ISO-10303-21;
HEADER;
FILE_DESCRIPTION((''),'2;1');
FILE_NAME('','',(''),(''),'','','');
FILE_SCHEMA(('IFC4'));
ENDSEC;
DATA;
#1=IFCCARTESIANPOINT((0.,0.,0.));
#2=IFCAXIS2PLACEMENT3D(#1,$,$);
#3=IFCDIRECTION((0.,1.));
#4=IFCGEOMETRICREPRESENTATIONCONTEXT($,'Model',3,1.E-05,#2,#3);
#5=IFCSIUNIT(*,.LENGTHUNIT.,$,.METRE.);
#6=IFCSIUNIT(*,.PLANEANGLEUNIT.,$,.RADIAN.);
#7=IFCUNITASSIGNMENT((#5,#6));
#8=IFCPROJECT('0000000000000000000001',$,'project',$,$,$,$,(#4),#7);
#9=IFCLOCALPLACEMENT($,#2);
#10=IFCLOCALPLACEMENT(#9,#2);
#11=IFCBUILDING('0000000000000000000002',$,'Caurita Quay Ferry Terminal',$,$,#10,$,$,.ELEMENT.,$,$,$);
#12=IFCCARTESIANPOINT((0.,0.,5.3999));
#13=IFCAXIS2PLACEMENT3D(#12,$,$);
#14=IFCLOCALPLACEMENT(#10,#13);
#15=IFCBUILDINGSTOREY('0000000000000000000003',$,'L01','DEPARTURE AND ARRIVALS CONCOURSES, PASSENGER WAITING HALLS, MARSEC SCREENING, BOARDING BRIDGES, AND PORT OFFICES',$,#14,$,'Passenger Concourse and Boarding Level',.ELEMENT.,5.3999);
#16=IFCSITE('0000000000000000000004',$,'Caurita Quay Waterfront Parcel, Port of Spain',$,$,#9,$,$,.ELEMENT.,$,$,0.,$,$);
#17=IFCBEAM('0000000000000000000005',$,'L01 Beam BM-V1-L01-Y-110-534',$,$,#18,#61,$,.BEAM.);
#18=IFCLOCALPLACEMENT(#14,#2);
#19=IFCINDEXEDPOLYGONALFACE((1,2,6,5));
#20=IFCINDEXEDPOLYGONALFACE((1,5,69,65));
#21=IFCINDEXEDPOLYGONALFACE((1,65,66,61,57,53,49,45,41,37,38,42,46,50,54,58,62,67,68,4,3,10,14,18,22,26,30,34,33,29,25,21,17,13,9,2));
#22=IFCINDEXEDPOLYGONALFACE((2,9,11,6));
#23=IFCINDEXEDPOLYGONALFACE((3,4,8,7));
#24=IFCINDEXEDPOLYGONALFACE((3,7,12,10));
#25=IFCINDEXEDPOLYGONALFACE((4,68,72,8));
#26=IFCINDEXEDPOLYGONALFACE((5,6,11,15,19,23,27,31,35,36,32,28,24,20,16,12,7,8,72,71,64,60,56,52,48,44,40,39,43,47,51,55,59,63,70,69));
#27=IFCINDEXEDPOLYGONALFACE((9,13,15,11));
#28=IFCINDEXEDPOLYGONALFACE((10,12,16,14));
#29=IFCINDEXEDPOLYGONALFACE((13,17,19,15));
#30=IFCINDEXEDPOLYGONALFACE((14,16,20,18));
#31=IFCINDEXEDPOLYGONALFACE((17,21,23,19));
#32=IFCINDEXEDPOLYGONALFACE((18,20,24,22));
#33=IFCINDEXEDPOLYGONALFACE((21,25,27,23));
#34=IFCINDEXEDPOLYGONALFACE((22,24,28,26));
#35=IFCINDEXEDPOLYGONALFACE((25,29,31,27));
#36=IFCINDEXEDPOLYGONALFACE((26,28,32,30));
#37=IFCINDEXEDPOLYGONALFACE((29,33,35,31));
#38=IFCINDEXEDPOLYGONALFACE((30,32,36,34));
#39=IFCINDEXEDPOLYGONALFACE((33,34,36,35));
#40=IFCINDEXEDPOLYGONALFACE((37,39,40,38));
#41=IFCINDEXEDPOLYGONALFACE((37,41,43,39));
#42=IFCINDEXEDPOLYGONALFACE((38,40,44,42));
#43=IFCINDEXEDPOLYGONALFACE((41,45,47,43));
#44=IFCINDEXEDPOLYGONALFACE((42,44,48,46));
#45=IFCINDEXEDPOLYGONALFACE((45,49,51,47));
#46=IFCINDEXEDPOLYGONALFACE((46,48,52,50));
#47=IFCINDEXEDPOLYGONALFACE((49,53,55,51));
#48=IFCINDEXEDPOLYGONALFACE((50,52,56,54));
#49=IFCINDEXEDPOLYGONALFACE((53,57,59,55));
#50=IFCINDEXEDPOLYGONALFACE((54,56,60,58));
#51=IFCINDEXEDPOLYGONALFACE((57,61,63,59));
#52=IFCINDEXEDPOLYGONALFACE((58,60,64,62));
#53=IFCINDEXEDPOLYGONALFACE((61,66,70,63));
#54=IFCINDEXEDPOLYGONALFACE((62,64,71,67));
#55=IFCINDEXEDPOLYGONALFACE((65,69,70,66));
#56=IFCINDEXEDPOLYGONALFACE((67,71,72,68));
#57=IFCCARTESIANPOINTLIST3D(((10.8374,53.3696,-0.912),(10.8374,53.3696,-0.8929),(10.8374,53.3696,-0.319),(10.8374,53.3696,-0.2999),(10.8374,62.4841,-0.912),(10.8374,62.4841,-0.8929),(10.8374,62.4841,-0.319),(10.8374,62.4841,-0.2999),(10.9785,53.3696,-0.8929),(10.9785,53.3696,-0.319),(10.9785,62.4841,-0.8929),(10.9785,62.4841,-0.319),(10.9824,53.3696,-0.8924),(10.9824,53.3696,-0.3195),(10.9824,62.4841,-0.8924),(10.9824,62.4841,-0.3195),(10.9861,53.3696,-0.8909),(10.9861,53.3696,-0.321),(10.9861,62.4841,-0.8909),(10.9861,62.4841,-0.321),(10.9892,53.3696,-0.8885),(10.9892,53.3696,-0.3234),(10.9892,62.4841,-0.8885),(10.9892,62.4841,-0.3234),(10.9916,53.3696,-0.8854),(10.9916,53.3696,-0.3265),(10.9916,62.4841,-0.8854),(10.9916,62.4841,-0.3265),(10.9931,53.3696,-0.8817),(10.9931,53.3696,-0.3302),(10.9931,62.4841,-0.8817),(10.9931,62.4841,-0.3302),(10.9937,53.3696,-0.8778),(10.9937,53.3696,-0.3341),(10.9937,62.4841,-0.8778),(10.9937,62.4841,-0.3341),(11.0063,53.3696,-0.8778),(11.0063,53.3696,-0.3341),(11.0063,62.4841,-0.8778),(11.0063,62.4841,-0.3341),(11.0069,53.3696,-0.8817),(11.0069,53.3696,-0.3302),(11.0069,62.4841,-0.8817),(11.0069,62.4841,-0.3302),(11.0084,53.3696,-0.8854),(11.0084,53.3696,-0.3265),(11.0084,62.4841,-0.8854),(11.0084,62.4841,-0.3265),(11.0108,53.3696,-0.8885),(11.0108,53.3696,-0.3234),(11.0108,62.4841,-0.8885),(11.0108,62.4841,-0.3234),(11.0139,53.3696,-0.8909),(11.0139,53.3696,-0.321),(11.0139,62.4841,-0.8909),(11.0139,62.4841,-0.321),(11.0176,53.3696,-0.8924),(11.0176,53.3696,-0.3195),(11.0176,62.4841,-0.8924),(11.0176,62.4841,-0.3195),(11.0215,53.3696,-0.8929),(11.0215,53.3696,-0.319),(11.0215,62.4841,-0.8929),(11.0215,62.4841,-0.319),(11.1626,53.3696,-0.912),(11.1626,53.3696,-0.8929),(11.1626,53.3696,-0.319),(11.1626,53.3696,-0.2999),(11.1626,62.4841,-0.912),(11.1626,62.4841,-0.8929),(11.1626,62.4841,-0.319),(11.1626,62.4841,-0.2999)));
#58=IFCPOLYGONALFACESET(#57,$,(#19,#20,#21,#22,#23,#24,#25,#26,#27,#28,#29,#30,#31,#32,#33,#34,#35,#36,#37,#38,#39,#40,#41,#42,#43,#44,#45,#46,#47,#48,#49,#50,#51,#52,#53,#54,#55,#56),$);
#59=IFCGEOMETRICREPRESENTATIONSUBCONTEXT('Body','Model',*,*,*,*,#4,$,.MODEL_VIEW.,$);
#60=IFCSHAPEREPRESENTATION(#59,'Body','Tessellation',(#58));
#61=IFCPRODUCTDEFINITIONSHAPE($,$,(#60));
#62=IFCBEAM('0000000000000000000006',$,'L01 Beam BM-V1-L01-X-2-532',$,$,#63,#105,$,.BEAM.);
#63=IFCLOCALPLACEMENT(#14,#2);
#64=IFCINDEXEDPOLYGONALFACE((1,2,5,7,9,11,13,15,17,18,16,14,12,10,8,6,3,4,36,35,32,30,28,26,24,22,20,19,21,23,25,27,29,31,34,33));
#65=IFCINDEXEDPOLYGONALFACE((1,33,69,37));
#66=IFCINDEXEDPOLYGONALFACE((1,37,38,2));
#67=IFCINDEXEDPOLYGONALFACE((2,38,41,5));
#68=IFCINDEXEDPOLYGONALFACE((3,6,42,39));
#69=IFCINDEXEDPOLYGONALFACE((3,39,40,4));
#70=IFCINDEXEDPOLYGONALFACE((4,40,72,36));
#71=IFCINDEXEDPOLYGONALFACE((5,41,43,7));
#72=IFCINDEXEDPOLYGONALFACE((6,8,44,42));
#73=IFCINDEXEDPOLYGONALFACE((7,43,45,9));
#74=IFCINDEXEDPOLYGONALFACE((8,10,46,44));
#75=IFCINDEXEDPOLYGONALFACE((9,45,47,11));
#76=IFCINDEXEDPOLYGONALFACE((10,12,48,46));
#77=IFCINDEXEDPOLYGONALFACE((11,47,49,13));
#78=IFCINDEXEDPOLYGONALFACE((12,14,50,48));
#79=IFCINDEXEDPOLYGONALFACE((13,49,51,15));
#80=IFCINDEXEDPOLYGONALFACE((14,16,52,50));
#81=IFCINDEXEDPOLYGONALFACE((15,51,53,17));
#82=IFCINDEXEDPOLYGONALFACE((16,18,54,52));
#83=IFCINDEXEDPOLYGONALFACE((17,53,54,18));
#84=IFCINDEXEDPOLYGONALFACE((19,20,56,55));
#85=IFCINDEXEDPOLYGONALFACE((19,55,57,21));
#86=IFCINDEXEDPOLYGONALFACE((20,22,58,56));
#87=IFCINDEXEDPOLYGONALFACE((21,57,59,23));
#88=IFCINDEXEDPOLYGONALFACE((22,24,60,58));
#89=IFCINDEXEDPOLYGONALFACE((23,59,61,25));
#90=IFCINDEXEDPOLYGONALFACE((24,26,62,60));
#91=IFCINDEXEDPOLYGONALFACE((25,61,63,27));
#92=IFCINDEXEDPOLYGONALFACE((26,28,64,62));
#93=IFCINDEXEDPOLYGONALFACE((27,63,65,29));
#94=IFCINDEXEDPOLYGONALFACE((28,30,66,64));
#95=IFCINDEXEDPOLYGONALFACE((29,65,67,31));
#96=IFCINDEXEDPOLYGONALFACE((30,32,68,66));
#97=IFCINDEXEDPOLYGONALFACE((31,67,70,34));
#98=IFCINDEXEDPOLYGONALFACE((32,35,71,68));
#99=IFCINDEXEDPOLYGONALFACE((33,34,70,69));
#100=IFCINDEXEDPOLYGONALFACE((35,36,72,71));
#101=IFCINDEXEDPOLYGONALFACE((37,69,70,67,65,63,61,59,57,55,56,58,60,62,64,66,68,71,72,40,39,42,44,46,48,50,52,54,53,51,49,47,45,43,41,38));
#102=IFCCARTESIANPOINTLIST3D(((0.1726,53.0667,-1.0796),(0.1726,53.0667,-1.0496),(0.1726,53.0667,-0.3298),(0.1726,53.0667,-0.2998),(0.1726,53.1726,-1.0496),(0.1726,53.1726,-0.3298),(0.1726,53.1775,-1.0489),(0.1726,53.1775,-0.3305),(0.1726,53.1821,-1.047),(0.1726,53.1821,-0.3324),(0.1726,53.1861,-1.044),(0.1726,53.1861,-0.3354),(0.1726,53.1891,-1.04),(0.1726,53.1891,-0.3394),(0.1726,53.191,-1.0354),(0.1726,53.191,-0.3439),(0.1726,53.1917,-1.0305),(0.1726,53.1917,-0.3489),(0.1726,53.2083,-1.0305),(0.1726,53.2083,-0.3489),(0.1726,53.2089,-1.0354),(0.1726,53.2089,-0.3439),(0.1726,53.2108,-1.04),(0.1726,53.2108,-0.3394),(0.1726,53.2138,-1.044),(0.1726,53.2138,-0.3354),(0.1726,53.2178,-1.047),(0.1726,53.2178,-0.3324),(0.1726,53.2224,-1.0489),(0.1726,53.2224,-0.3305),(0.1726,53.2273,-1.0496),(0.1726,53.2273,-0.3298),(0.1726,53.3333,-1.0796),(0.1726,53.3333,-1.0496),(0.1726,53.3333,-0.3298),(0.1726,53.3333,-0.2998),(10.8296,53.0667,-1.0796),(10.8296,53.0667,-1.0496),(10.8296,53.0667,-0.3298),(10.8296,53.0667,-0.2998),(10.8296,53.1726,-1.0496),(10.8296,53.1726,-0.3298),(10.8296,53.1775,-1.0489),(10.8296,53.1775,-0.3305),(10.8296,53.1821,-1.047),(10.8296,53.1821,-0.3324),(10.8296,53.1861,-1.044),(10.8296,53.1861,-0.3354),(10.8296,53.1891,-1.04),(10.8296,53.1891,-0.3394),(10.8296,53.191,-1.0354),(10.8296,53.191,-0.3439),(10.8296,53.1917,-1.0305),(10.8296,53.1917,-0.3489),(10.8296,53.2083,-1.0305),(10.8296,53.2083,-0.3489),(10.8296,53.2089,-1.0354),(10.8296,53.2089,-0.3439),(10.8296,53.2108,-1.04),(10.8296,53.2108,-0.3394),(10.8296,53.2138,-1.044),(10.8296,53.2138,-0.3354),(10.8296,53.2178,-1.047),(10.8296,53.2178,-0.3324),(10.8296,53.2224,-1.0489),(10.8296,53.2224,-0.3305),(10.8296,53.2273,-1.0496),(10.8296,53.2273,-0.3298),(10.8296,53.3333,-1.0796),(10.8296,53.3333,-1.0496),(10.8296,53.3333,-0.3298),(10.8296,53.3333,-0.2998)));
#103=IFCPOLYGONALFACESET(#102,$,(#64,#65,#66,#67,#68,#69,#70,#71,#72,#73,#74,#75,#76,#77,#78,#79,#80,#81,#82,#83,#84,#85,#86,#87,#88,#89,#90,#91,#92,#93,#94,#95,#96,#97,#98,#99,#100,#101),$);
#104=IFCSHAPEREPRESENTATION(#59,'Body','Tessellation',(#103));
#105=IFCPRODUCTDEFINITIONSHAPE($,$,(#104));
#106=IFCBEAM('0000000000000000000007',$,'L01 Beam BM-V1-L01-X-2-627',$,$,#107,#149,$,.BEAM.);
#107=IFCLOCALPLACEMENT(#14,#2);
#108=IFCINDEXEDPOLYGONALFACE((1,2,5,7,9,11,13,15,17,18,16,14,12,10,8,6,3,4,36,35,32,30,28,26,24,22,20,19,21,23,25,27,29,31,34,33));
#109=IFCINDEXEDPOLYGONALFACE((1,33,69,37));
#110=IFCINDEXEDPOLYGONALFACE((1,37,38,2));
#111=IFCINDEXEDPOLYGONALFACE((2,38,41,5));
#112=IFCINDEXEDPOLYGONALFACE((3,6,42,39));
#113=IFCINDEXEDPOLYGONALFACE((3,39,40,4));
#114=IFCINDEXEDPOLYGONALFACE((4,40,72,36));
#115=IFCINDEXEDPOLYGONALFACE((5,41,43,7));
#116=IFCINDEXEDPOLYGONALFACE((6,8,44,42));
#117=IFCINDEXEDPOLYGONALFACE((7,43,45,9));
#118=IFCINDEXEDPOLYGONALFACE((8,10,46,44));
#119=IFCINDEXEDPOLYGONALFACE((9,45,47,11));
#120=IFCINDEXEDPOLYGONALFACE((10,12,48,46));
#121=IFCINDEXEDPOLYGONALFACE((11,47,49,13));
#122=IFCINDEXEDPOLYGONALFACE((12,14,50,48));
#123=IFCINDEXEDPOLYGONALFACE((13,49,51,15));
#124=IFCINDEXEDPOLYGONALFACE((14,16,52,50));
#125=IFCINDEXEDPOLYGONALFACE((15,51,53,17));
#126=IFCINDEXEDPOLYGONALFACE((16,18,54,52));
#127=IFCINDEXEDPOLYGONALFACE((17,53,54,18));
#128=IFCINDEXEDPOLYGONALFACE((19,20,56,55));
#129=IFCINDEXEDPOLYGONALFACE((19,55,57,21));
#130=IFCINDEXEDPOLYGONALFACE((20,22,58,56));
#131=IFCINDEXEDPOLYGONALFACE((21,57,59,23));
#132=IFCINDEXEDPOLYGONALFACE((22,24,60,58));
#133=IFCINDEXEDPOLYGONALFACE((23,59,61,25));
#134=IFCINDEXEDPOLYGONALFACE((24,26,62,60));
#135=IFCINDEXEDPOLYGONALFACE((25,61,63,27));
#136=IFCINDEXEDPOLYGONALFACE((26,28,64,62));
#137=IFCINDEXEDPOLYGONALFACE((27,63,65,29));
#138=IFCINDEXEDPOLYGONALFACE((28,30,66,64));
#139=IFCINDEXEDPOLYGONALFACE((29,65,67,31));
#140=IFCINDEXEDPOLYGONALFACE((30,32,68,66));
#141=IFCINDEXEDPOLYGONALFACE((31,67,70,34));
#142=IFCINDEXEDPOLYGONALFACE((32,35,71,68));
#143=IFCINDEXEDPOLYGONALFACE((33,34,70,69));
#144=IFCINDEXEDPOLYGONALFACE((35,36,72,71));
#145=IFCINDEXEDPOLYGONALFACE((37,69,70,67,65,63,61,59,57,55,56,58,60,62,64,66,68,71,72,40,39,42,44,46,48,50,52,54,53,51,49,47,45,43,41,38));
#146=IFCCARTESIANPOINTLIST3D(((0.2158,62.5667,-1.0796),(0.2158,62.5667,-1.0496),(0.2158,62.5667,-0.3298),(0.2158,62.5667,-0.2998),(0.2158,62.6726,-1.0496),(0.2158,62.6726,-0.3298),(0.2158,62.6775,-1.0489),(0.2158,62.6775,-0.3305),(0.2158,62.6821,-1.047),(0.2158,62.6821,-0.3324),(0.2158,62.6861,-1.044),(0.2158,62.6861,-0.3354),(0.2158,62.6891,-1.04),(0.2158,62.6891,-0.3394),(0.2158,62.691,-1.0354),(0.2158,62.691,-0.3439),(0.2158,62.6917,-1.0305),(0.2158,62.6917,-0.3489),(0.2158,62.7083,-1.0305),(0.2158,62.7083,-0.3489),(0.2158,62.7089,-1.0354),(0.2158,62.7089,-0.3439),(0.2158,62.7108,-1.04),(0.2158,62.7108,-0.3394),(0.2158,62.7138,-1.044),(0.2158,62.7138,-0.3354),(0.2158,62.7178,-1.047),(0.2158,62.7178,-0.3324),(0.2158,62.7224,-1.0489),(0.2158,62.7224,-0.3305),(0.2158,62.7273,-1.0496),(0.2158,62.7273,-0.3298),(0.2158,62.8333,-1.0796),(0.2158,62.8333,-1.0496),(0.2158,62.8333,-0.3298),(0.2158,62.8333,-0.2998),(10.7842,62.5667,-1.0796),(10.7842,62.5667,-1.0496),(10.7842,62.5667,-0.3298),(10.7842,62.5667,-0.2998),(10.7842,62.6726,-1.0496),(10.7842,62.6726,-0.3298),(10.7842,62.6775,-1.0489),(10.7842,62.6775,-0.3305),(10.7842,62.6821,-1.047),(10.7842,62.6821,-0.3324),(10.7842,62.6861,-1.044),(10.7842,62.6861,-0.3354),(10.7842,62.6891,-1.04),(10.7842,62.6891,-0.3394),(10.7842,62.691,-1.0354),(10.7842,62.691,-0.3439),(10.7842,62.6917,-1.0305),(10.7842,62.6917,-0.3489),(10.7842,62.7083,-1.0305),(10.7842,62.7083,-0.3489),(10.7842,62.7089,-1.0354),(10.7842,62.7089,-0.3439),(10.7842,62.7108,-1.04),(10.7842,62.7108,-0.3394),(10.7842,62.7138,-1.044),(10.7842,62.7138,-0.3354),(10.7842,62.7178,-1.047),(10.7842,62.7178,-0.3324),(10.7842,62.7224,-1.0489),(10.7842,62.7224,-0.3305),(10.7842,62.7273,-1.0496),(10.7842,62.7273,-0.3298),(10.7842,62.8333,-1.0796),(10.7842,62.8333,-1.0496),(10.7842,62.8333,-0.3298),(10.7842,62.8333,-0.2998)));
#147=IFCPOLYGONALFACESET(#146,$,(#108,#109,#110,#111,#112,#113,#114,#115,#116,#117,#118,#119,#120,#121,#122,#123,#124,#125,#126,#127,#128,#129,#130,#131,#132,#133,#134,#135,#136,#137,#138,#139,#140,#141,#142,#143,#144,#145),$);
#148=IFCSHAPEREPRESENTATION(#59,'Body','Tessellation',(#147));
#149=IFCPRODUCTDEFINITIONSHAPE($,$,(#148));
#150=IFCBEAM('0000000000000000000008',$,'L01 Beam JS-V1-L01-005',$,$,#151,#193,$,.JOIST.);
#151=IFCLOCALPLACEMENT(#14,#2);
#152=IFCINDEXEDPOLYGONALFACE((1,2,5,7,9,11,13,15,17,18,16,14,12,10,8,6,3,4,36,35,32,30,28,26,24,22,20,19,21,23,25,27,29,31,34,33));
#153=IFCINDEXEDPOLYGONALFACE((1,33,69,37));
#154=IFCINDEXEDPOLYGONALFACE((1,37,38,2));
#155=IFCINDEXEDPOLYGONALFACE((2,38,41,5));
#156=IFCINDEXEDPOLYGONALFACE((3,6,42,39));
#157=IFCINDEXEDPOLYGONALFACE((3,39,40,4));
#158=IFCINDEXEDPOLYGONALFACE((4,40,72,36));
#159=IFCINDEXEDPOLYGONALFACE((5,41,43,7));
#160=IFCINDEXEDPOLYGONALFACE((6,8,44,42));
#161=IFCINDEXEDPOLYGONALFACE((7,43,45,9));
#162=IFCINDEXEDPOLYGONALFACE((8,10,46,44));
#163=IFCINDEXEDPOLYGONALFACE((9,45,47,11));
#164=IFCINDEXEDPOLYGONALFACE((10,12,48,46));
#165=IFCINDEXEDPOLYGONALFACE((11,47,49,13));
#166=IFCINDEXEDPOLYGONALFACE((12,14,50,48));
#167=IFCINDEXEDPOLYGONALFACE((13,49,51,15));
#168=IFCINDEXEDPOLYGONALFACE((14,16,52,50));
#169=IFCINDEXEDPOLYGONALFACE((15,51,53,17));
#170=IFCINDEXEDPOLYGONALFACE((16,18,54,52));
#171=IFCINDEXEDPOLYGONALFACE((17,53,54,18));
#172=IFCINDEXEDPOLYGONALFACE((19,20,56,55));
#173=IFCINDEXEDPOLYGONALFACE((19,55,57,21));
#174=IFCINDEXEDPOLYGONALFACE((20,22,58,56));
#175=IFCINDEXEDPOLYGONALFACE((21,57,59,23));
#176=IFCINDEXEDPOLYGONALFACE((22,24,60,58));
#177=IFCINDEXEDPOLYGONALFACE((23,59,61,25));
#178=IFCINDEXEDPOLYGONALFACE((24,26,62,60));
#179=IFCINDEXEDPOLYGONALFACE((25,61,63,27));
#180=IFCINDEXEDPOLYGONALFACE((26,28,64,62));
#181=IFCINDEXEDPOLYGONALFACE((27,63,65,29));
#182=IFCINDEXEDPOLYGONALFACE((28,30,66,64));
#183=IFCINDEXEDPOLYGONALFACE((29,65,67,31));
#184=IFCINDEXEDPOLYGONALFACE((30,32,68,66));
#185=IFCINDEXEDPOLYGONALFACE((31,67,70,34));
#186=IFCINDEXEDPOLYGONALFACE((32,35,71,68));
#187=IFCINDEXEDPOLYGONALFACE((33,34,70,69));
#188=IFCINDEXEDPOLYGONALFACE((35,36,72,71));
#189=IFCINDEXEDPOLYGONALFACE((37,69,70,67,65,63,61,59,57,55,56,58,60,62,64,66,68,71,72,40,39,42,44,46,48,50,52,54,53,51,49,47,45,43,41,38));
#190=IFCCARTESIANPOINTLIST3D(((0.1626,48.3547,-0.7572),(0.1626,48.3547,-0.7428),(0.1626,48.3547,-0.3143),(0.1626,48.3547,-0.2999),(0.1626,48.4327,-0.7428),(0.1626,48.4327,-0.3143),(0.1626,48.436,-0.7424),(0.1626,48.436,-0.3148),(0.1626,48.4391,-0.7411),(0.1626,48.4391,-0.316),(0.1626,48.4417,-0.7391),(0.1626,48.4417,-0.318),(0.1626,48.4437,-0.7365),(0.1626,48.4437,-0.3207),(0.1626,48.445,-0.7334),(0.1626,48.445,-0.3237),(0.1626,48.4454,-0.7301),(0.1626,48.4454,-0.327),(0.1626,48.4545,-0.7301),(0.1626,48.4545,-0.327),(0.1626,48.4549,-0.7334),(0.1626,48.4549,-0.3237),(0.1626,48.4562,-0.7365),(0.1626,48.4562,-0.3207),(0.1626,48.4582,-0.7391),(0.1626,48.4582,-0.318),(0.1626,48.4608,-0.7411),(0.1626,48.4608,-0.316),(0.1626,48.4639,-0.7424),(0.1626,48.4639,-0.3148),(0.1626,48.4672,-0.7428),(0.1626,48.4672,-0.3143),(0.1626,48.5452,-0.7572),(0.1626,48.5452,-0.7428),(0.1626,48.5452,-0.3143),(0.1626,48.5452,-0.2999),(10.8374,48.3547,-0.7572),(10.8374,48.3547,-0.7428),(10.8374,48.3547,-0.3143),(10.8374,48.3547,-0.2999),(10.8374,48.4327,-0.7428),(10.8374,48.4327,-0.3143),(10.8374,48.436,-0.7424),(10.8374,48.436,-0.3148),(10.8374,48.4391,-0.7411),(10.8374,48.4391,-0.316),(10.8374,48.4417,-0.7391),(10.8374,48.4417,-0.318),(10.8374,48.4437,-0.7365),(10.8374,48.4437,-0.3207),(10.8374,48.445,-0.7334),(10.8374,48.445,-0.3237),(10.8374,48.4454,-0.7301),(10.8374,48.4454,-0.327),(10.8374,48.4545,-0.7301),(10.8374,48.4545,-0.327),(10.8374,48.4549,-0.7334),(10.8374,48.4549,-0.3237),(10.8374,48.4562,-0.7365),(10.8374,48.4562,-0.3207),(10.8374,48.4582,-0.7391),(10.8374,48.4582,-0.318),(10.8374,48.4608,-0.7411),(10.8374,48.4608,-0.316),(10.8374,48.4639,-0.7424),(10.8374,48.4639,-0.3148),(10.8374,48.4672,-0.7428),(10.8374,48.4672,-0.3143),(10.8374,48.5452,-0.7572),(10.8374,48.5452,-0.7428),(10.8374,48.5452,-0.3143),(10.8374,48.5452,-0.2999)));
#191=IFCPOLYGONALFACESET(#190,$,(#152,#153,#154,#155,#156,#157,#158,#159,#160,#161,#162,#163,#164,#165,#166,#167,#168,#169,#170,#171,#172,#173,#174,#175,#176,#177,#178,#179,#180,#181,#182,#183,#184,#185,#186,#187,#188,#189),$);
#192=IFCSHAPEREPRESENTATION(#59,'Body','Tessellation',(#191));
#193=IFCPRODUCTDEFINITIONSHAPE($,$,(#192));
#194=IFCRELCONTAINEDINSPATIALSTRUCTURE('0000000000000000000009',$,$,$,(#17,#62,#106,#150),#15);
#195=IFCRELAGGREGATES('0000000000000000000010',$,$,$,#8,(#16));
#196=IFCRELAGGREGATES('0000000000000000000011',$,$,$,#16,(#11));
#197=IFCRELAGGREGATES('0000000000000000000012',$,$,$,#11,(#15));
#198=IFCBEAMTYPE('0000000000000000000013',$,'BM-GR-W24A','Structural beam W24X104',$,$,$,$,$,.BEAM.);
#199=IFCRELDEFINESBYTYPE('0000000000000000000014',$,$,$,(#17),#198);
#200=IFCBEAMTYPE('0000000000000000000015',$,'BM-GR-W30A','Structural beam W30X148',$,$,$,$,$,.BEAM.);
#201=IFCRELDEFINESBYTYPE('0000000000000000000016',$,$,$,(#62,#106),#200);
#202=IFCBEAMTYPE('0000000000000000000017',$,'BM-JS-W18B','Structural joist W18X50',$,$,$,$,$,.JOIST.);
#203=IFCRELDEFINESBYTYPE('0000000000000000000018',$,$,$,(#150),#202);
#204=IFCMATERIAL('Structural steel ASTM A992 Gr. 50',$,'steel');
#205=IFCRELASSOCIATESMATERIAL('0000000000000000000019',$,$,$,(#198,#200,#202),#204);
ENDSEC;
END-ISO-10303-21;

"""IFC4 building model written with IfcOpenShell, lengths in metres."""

from ifc_helpers import new_model, si_unit, direction, frame, origin, origin_2d, place, context, subcontext, project, spatial, i_section, extrude, material, material_profile, profile_set, type_object, element, save


model = new_model("IFC4")

# Units and contexts
model_context = context("Model", 3, precision=1e-05, world=origin(), true_north=direction((0.0, 1.0)))
body_context = subcontext(model_context, "Body", "Model", "MODEL_VIEW")
ifc_project = project(units=[si_unit("LENGTHUNIT", "METRE"), si_unit("PLANEANGLEUNIT", "RADIAN")], contexts=[model_context])

# Site, building, storey
site_placement = place(None, origin())
site = spatial("IfcSite", under=ifc_project, at=site_placement, Name="Caurita Quay Waterfront Parcel, Port of Spain", CompositionType="ELEMENT", RefElevation=0.0)
building_placement = place(site_placement, origin())
building = spatial("IfcBuilding", under=site, at=building_placement, Name="Caurita Quay Ferry Terminal", CompositionType="ELEMENT")
storey_placement = place(building_placement, frame((0.0, 0.0, 5.3999)))
storey = spatial("IfcBuildingStorey", under=building, at=storey_placement, Name="L01", Description="DEPARTURE AND ARRIVALS CONCOURSES, PASSENGER WAITING HALLS, MARSEC SCREENING, BOARDING BRIDGES, AND PORT OFFICES", LongName="Passenger Concourse and Boarding Level", CompositionType="ELEMENT", Elevation=5.3999)

# Beams
ifc_material_1 = material(Name="Structural steel ASTM A992 Gr. 50", Category="steel")
ifc_material_profile_1 = material_profile(ifc_material_1, i_section(OverallWidth=0.3252, OverallDepth=0.6121, WebThickness=0.0127, FlangeThickness=0.019, FilletRadius=0.0151, at=origin_2d()), Name="W24X104")
ifc_profile_set_1 = profile_set([ifc_material_profile_1], Name="Structural steel ASTM A992 Gr. 50")
beam_type_1 = type_object("IfcBeamType", Name="BM-GR-W24A", Description="Structural beam W24X104", PredefinedType="BEAM", material=ifc_profile_set_1)
beam_1_placement = place(storey_placement, frame((11.0, 53.3696, -0.606), z_axis=(0.0, 1.0, 0.0), x_axis=(-1.0, 0.0, 0.0)))
element("IfcBeam", 1, at=beam_1_placement, inside=storey, type_object=beam_type_1, Name="L01 Beam BM-V1-L01-Y-110-534", PredefinedType="BEAM", context=body_context, shape_type="SweptSolid", body=[
    extrude(i_section(OverallWidth=0.3252, OverallDepth=0.6121, WebThickness=0.0127, FlangeThickness=0.019, FilletRadius=0.0151, at=origin_2d()), origin(), (0.0, 0.0, 1.0), 9.1145),
])
ifc_material_profile_2 = material_profile(ifc_material_1, i_section(OverallWidth=0.2666, OverallDepth=0.7798, WebThickness=0.0166, FlangeThickness=0.03, FilletRadius=0.019, at=origin_2d()), Name="W30X148")
ifc_profile_set_2 = profile_set([ifc_material_profile_2], Name="Structural steel ASTM A992 Gr. 50")
beam_type_2 = type_object("IfcBeamType", Name="BM-GR-W30A", Description="Structural beam W30X148", PredefinedType="BEAM", material=ifc_profile_set_2)
beam_2_placement = place(storey_placement, frame((0.1726, 53.2, -0.6897), z_axis=(1.0, 0.0, 0.0), x_axis=(0.0, 1.0, 0.0)))
element("IfcBeam", 2, at=beam_2_placement, inside=storey, type_object=beam_type_2, Name="L01 Beam BM-V1-L01-X-2-532", PredefinedType="BEAM", context=body_context, shape_type="SweptSolid", body=[
    extrude(i_section(OverallWidth=0.2666, OverallDepth=0.7798, WebThickness=0.0166, FlangeThickness=0.03, FilletRadius=0.019, at=origin_2d()), origin(), (0.0, 0.0, 1.0), 10.657),
])
beam_3_placement = place(storey_placement, frame((0.2158, 62.7, -0.6897), z_axis=(1.0, 0.0, 0.0), x_axis=(0.0, 1.0, 0.0)))
element("IfcBeam", 3, at=beam_3_placement, inside=storey, type_object=beam_type_2, Name="L01 Beam BM-V1-L01-X-2-627", PredefinedType="BEAM", context=body_context, shape_type="SweptSolid", body=[
    extrude(i_section(OverallWidth=0.2666, OverallDepth=0.7798, WebThickness=0.0166, FlangeThickness=0.03, FilletRadius=0.019, at=origin_2d()), origin(), (0.0, 0.0, 1.0), 10.5684),
])
ifc_material_profile_3 = material_profile(ifc_material_1, i_section(OverallWidth=0.1904, OverallDepth=0.4573, WebThickness=0.009, FlangeThickness=0.0144, FilletRadius=0.0127, at=origin_2d()), Name="W18X50")
ifc_profile_set_3 = profile_set([ifc_material_profile_3], Name="Structural steel ASTM A992 Gr. 50")
beam_type_3 = type_object("IfcBeamType", Name="BM-JS-W18B", Description="Structural joist W18X50", PredefinedType="JOIST", material=ifc_profile_set_3)
for number, where, z_axis, x_axis, name in (
    (4, (0.1626, 48.45, -0.5286), (1.0, 0.0, 0.0), (0.0, 1.0, 0.0), "L01 Beam JS-V1-L01-005"),
):
    element("IfcBeam", number, at=place(storey_placement, frame(where, z_axis=z_axis, x_axis=x_axis)), inside=storey, type_object=beam_type_3, Name=name, PredefinedType="JOIST", context=body_context, shape_type="SweptSolid", body=[
        extrude(i_section(OverallWidth=0.1904, OverallDepth=0.4573, WebThickness=0.009, FlangeThickness=0.0144, FilletRadius=0.0127, at=origin_2d()), origin(), (0.0, 0.0, 1.0), 10.6748),
    ])

save(model, "model.ifc")
